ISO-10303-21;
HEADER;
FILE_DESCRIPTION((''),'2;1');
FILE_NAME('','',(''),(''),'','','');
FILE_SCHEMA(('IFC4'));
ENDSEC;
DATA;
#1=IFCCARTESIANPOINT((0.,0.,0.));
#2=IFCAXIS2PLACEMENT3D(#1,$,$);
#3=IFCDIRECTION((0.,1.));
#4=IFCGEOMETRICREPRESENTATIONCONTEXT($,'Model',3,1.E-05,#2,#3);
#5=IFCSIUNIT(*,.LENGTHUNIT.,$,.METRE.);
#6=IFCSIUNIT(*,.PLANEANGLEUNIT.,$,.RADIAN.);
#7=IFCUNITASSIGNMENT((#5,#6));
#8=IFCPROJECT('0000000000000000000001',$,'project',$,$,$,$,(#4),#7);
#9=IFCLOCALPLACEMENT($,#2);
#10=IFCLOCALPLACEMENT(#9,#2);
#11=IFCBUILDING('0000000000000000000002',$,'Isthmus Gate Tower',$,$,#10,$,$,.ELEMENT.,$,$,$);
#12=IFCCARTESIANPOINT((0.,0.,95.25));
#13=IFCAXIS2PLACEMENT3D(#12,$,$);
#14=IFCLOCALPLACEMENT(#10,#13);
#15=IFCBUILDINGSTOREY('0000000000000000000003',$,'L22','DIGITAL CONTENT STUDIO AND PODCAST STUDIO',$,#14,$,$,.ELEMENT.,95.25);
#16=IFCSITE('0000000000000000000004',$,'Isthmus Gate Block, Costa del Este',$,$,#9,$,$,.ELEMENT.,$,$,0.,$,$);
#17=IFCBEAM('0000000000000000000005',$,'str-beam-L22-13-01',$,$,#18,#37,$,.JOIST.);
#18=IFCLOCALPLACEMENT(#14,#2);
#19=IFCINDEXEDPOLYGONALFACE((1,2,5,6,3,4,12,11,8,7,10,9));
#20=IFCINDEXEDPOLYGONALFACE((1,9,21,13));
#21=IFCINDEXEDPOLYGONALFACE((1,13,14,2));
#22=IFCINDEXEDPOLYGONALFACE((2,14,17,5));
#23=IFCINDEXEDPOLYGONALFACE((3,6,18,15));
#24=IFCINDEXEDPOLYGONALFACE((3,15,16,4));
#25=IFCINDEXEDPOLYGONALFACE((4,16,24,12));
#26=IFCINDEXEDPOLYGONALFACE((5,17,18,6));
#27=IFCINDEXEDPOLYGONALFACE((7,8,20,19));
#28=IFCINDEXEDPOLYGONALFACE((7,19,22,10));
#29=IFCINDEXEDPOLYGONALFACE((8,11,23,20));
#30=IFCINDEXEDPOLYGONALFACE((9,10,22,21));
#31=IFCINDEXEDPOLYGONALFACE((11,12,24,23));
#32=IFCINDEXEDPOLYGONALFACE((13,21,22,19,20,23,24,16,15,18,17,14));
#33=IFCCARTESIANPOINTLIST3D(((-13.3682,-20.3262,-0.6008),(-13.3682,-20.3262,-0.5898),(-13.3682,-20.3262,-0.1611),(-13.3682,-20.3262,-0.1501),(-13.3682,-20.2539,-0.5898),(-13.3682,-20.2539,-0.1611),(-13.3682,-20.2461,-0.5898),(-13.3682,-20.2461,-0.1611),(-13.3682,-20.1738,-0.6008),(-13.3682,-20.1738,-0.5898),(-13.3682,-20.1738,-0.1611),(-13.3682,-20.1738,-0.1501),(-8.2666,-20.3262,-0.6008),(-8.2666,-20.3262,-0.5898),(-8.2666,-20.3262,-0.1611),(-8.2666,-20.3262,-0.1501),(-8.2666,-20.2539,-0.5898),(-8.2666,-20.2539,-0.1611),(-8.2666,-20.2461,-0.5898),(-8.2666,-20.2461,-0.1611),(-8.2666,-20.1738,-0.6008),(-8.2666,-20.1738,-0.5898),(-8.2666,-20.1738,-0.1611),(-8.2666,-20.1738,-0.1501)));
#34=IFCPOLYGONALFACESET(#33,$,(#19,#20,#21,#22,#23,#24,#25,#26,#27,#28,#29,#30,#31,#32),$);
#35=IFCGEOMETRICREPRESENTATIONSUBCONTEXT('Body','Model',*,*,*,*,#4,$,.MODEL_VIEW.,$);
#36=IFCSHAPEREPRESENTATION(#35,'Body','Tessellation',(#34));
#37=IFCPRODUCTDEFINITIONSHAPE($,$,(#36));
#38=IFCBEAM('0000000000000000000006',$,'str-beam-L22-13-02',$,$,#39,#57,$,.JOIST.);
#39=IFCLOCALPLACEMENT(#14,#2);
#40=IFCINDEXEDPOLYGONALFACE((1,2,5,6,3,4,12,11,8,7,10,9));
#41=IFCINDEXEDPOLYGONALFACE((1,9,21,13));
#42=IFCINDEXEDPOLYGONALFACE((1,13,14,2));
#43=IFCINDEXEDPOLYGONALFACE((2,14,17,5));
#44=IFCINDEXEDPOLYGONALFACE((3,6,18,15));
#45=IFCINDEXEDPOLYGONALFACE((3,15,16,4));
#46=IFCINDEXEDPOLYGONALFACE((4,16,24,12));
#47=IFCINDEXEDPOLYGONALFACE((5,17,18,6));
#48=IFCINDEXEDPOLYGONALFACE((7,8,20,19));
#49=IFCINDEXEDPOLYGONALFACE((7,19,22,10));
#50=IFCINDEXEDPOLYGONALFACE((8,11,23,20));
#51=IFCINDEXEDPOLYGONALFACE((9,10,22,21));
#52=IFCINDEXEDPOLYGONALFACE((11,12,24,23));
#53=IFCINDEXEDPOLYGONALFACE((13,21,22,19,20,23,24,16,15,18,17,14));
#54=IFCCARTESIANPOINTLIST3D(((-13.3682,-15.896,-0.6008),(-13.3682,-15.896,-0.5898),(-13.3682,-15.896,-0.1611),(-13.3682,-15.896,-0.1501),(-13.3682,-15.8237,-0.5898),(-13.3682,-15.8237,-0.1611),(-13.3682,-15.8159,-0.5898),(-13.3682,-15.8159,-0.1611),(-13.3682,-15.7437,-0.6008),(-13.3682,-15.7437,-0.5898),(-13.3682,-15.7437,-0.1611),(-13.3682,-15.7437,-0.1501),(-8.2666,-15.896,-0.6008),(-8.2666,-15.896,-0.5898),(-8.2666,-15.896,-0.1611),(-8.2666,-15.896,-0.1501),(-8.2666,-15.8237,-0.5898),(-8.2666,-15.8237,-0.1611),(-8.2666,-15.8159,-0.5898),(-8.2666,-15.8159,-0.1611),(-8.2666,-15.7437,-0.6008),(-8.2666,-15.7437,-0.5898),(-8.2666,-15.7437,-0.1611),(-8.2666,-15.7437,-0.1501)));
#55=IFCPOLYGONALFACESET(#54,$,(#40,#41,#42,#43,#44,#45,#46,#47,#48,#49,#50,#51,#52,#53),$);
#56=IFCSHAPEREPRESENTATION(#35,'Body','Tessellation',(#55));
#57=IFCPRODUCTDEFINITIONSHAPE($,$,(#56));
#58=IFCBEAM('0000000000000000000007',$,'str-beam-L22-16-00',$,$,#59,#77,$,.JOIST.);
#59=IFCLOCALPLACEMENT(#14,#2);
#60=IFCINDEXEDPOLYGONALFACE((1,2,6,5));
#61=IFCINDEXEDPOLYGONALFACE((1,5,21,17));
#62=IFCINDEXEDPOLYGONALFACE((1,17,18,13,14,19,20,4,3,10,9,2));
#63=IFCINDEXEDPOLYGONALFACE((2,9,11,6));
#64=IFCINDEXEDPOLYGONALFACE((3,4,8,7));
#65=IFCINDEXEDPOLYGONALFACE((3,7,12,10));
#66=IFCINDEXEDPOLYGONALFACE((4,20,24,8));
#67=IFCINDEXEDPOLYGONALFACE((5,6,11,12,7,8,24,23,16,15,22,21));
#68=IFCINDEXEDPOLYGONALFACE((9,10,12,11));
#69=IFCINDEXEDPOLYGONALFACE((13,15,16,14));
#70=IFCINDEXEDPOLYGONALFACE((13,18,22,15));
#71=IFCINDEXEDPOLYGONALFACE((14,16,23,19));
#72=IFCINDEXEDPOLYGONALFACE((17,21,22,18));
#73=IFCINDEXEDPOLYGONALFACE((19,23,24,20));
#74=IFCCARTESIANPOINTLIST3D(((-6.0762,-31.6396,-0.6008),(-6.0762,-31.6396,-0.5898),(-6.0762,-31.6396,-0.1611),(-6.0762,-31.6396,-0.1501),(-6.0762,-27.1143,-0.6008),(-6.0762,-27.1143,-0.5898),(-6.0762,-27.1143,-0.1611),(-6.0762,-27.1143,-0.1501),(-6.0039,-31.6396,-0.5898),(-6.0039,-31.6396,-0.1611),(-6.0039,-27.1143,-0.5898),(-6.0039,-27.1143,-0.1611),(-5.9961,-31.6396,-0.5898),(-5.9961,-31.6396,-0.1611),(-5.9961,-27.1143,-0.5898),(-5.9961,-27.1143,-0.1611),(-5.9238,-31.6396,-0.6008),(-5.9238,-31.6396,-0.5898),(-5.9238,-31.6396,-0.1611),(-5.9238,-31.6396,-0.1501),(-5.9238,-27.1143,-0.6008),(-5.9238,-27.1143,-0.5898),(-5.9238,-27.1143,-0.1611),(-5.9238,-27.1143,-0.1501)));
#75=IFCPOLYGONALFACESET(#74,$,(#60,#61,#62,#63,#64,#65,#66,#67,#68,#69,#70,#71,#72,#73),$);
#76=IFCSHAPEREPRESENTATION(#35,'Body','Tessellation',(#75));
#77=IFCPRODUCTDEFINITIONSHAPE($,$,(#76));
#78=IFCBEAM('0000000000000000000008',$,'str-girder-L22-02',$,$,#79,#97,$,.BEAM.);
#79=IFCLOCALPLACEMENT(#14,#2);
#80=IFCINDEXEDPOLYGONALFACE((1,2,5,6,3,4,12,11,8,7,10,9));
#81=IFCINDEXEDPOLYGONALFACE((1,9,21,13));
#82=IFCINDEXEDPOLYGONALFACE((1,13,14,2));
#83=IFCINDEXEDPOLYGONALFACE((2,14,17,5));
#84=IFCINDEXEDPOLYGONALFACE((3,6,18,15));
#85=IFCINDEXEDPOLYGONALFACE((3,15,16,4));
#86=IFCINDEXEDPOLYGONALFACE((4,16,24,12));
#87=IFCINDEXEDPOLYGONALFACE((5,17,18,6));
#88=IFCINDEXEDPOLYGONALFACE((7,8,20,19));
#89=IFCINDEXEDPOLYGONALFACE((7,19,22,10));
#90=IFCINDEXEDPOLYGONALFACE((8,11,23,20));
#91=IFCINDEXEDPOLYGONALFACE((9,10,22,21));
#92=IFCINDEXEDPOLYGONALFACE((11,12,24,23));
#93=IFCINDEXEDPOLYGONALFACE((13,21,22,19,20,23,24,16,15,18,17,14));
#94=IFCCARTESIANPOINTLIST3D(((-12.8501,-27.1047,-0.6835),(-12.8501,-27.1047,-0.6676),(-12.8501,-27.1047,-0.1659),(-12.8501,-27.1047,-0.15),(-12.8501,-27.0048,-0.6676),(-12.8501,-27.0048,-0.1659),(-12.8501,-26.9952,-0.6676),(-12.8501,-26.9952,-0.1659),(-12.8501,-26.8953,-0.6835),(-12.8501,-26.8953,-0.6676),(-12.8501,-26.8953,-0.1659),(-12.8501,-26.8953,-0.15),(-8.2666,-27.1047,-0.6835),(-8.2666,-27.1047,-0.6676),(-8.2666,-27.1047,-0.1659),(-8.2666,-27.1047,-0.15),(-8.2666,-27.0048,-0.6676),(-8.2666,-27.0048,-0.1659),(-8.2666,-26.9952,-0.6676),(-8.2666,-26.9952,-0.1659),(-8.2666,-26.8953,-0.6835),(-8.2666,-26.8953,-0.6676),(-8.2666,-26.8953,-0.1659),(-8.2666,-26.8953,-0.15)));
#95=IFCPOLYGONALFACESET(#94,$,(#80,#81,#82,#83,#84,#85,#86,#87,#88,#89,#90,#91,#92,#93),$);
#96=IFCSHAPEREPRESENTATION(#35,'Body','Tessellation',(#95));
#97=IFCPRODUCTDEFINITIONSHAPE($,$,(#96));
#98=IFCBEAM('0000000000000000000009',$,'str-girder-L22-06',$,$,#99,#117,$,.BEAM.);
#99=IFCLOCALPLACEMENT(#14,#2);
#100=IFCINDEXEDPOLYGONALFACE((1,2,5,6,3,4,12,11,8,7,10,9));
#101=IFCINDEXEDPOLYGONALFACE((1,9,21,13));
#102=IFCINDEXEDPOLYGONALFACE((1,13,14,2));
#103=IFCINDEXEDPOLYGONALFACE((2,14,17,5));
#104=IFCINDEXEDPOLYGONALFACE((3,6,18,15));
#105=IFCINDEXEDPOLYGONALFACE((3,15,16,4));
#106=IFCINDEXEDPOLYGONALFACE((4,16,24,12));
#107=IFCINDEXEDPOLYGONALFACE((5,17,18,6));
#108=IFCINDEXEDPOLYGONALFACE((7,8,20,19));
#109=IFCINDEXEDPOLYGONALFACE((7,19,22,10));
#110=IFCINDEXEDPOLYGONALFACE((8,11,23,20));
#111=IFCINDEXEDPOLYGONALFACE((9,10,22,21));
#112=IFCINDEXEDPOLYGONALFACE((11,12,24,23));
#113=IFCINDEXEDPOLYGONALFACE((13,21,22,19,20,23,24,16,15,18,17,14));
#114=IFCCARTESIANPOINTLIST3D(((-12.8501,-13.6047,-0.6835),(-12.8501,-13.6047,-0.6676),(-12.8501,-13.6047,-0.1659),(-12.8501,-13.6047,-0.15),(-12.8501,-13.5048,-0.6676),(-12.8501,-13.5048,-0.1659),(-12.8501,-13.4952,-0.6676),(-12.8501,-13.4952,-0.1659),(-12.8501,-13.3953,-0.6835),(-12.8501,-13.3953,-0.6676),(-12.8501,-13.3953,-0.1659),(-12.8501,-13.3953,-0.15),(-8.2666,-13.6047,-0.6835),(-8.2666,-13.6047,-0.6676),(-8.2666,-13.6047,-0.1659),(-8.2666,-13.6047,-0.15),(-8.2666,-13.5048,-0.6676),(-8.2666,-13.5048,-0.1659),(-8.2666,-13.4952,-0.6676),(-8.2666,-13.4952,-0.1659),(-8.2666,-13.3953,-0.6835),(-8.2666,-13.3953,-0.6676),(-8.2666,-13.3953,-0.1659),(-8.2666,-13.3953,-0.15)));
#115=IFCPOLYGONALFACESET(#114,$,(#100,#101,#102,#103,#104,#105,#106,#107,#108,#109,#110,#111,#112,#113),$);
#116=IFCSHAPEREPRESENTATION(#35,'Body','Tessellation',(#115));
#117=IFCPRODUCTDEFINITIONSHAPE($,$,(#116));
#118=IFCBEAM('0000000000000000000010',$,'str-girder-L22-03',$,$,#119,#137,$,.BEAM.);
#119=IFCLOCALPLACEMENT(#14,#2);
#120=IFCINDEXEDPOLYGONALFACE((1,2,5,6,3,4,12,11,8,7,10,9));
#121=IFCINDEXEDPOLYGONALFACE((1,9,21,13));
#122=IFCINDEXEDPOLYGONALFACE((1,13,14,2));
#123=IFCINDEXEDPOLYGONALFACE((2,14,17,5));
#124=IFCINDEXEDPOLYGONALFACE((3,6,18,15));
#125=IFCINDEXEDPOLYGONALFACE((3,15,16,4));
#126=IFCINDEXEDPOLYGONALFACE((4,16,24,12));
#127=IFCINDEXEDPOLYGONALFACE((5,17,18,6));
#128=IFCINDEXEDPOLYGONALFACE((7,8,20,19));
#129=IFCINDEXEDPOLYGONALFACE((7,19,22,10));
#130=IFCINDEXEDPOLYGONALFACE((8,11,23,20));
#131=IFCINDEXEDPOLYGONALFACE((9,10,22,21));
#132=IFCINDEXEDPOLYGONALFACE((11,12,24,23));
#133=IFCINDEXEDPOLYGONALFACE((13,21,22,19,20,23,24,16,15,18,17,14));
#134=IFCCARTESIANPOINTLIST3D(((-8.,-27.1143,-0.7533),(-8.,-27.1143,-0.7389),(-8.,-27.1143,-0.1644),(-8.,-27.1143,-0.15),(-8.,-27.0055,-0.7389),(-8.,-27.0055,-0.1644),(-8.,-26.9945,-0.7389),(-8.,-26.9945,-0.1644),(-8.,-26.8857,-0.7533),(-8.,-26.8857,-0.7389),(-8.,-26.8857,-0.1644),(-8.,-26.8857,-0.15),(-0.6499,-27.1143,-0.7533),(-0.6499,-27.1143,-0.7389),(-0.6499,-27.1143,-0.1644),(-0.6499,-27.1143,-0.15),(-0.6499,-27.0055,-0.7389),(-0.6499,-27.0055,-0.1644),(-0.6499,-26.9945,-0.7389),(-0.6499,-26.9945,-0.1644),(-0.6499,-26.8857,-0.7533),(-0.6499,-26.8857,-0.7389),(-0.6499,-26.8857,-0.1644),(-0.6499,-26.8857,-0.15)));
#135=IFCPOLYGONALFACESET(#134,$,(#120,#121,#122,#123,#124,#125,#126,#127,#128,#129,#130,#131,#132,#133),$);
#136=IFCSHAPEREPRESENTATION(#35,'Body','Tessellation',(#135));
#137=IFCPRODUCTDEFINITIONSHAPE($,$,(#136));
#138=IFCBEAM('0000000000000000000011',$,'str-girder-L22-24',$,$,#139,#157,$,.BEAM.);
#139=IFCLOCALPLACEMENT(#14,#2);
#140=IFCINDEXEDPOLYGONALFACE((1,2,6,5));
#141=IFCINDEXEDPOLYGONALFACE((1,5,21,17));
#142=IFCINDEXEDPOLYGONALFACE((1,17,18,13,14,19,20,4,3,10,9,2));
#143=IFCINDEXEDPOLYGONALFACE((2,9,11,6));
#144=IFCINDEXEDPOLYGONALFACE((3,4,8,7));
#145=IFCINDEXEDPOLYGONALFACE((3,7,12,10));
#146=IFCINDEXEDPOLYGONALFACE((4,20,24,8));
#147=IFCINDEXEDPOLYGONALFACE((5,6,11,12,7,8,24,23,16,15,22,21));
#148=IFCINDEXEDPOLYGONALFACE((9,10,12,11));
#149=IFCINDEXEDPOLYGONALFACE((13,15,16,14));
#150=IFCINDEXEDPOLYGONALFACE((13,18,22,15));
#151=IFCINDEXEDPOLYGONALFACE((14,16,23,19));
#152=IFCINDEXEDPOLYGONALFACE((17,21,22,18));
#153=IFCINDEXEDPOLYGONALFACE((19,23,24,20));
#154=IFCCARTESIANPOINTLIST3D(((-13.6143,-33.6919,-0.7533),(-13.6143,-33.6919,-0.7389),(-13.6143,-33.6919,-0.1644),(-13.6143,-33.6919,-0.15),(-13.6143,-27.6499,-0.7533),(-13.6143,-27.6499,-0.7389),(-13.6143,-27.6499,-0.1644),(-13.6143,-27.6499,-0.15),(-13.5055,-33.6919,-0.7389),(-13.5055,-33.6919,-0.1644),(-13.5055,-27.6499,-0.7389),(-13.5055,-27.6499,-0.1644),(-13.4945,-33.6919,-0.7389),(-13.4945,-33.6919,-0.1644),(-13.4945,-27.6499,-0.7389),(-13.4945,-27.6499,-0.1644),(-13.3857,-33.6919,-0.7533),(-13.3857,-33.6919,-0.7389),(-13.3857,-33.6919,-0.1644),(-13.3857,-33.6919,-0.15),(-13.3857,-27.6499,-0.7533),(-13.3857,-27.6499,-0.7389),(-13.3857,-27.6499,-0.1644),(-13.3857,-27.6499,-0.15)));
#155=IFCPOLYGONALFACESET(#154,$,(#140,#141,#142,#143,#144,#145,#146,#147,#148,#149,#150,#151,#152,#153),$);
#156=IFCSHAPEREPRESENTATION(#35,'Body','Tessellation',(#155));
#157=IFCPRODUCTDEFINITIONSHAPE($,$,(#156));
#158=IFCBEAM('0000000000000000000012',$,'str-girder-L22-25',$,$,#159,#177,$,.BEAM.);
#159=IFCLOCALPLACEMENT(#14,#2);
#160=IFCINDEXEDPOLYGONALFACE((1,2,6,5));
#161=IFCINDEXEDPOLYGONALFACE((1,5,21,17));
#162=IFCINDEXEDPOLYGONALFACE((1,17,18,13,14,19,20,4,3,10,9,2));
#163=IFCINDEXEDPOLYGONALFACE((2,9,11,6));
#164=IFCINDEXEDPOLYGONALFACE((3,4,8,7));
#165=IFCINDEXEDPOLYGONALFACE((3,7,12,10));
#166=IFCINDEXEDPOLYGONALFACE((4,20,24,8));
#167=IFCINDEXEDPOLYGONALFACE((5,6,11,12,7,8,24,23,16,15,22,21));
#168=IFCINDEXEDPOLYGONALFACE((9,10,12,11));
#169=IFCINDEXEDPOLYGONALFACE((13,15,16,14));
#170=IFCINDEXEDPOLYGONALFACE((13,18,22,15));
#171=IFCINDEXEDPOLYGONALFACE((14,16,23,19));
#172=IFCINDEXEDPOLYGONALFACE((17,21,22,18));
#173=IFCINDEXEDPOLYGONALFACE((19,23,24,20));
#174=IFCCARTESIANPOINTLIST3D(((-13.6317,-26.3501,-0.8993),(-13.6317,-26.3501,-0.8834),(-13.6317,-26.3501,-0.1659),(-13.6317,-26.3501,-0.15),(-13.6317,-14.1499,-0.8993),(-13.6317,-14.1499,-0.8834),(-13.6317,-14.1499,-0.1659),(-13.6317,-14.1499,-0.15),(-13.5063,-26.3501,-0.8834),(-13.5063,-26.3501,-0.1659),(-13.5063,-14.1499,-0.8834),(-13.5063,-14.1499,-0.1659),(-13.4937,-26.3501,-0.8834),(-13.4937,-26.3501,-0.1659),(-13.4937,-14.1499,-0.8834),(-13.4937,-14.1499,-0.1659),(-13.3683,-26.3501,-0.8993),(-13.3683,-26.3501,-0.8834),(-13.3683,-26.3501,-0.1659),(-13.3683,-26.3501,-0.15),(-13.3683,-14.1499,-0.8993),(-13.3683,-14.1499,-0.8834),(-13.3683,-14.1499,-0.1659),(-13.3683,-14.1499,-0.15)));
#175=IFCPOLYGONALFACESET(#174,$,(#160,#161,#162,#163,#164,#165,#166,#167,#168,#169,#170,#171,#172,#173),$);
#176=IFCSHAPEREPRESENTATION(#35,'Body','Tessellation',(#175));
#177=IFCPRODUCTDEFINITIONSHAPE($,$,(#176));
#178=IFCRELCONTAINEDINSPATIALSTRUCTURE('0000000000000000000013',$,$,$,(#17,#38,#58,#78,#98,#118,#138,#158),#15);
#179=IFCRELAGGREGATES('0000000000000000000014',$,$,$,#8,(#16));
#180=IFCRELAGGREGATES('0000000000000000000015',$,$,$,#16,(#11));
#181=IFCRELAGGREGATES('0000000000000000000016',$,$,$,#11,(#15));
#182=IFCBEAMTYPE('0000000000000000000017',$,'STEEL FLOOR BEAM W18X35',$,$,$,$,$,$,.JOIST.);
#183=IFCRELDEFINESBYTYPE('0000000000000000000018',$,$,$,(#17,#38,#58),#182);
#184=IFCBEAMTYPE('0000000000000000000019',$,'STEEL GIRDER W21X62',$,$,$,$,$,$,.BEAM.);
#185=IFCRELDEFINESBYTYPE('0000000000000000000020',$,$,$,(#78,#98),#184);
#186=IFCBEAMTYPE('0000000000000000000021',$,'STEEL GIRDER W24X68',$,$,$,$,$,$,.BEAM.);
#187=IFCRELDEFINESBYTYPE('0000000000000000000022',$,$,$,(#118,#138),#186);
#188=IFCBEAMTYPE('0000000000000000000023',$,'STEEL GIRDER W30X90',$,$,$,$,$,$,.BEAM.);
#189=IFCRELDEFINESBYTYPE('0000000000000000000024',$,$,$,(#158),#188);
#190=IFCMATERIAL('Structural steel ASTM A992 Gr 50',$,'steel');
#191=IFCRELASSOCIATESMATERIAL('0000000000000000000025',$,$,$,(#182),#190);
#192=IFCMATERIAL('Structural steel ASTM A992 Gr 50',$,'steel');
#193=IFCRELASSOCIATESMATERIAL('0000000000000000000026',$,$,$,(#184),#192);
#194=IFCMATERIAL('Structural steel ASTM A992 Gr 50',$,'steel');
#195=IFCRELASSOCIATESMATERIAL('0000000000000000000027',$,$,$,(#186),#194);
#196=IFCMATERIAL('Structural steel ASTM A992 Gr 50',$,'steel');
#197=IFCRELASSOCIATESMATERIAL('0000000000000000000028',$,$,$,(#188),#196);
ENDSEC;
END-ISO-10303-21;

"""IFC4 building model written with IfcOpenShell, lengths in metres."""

from ifc_helpers import new_model, si_unit, direction, frame, origin, origin_2d, place, context, subcontext, project, spatial, i_section, extrude, material, material_profile, profile_set, type_object, element, save


model = new_model("IFC4")

# Units and contexts
model_context = context("Model", 3, precision=1e-05, world=origin(), true_north=direction((0.0, 1.0)))
body_context = subcontext(model_context, "Body", "Model", "MODEL_VIEW")
ifc_project = project(units=[si_unit("LENGTHUNIT", "METRE"), si_unit("PLANEANGLEUNIT", "RADIAN")], contexts=[model_context])

# Site, building, storey
site_placement = place(None, origin())
site = spatial("IfcSite", under=ifc_project, at=site_placement, Name="Isthmus Gate Block, Costa del Este", CompositionType="ELEMENT", RefElevation=0.0)
building_placement = place(site_placement, origin())
building = spatial("IfcBuilding", under=site, at=building_placement, Name="Isthmus Gate Tower", CompositionType="ELEMENT")
storey_placement = place(building_placement, frame((0.0, 0.0, 95.25)))
storey = spatial("IfcBuildingStorey", under=building, at=storey_placement, Name="L22", Description="DIGITAL CONTENT STUDIO AND PODCAST STUDIO", CompositionType="ELEMENT", Elevation=95.25)

# Beams
ifc_material_1 = material(Name="Structural steel ASTM A992 Gr 50", Category="steel")
ifc_material_profile_1 = material_profile(ifc_material_1, i_section(OverallWidth=0.1523, OverallDepth=0.4507, WebThickness=0.0078, FlangeThickness=0.011, at=origin_2d()), Name="W18X35")
ifc_profile_set_1 = profile_set([ifc_material_profile_1], Name="Structural steel ASTM A992 Gr 50")
beam_type_1 = type_object("IfcBeamType", Name="STEEL FLOOR BEAM W18X35", PredefinedType="JOIST", material=ifc_profile_set_1)
for number, where, z_axis, x_axis, name in (
    (1, (-13.3682, -20.25, -0.3755), (1.0, 0.0, 0.0), (0.0, 1.0, 0.0), "str-beam-L22-13-01"),
    (2, (-13.3682, -15.8198, -0.3755), (1.0, 0.0, 0.0), (0.0, 1.0, 0.0), "str-beam-L22-13-02"),
):
    element("IfcBeam", number, at=place(storey_placement, frame(where, z_axis=z_axis, x_axis=x_axis)), inside=storey, type_object=beam_type_1, Name=name, PredefinedType="JOIST", context=body_context, shape_type="SweptSolid", body=[
        extrude(i_section(OverallWidth=0.1523, OverallDepth=0.4507, WebThickness=0.0078, FlangeThickness=0.011, at=origin_2d()), origin(), (0.0, 0.0, 1.0), 5.1016),
    ])
beam_1_placement = place(storey_placement, frame((-6.0, -31.6396, -0.3755), z_axis=(0.0, 1.0, 0.0), x_axis=(-1.0, 0.0, 0.0)))
element("IfcBeam", 3, at=beam_1_placement, inside=storey, type_object=beam_type_1, Name="str-beam-L22-16-00", PredefinedType="JOIST", context=body_context, shape_type="SweptSolid", body=[
    extrude(i_section(OverallWidth=0.1523, OverallDepth=0.4507, WebThickness=0.0078, FlangeThickness=0.011, at=origin_2d()), origin(), (0.0, 0.0, 1.0), 4.5254),
])
ifc_material_2 = material(Name="Structural steel ASTM A992 Gr 50", Category="steel")
ifc_material_profile_2 = material_profile(ifc_material_2, i_section(OverallWidth=0.2095, OverallDepth=0.5334, WebThickness=0.0095, FlangeThickness=0.0159, at=origin_2d()), Name="W21X62")
ifc_profile_set_2 = profile_set([ifc_material_profile_2], Name="Structural steel ASTM A992 Gr 50")
beam_type_2 = type_object("IfcBeamType", Name="STEEL GIRDER W21X62", PredefinedType="BEAM", material=ifc_profile_set_2)
for number, where, z_axis, x_axis, name in (
    (4, (-12.8501, -27.0, -0.4167), (1.0, 0.0, 0.0), (0.0, 1.0, 0.0), "str-girder-L22-02"),
    (5, (-12.8501, -13.5, -0.4167), (1.0, 0.0, 0.0), (0.0, 1.0, 0.0), "str-girder-L22-06"),
):
    element("IfcBeam", number, at=place(storey_placement, frame(where, z_axis=z_axis, x_axis=x_axis)), inside=storey, type_object=beam_type_2, Name=name, PredefinedType="BEAM", context=body_context, shape_type="SweptSolid", body=[
        extrude(i_section(OverallWidth=0.2095, OverallDepth=0.5334, WebThickness=0.0095, FlangeThickness=0.0159, at=origin_2d()), origin(), (0.0, 0.0, 1.0), 4.5835),
    ])
ifc_material_3 = material(Name="Structural steel ASTM A992 Gr 50", Category="steel")
ifc_material_profile_3 = material_profile(ifc_material_3, i_section(OverallWidth=0.2285, OverallDepth=0.6033, WebThickness=0.011, FlangeThickness=0.0144, at=origin_2d()), Name="W24X68")
ifc_profile_set_3 = profile_set([ifc_material_profile_3], Name="Structural steel ASTM A992 Gr 50")
beam_type_3 = type_object("IfcBeamType", Name="STEEL GIRDER W24X68", PredefinedType="BEAM", material=ifc_profile_set_3)
beam_2_placement = place(storey_placement, frame((-8.0, -27.0, -0.4517), z_axis=(1.0, 0.0, 0.0), x_axis=(0.0, 1.0, 0.0)))
element("IfcBeam", 6, at=beam_2_placement, inside=storey, type_object=beam_type_3, Name="str-girder-L22-03", PredefinedType="BEAM", context=body_context, shape_type="SweptSolid", body=[
    extrude(i_section(OverallWidth=0.2285, OverallDepth=0.6033, WebThickness=0.011, FlangeThickness=0.0144, at=origin_2d()), origin(), (0.0, 0.0, 1.0), 7.3501),
])
beam_3_placement = place(storey_placement, frame((-13.5, -33.6919, -0.4517), z_axis=(0.0, 1.0, 0.0), x_axis=(-1.0, 0.0, 0.0)))
element("IfcBeam", 7, at=beam_3_placement, inside=storey, type_object=beam_type_3, Name="str-girder-L22-24", PredefinedType="BEAM", context=body_context, shape_type="SweptSolid", body=[
    extrude(i_section(OverallWidth=0.2285, OverallDepth=0.6033, WebThickness=0.011, FlangeThickness=0.0144, at=origin_2d()), origin(), (0.0, 0.0, 1.0), 6.042),
])
ifc_material_4 = material(Name="Structural steel ASTM A992 Gr 50", Category="steel")
ifc_material_profile_4 = material_profile(ifc_material_4, i_section(OverallWidth=0.2634, OverallDepth=0.7493, WebThickness=0.0127, FlangeThickness=0.0159, at=origin_2d()), Name="W30X90")
ifc_profile_set_4 = profile_set([ifc_material_profile_4], Name="Structural steel ASTM A992 Gr 50")
beam_type_4 = type_object("IfcBeamType", Name="STEEL GIRDER W30X90", PredefinedType="BEAM", material=ifc_profile_set_4)
beam_4_placement = place(storey_placement, frame((-13.5, -26.3501, -0.5247), z_axis=(0.0, 1.0, 0.0), x_axis=(-1.0, 0.0, 0.0)))
element("IfcBeam", 8, at=beam_4_placement, inside=storey, type_object=beam_type_4, Name="str-girder-L22-25", PredefinedType="BEAM", context=body_context, shape_type="SweptSolid", body=[
    extrude(i_section(OverallWidth=0.2634, OverallDepth=0.7493, WebThickness=0.0127, FlangeThickness=0.0159, at=origin_2d()), origin(), (0.0, 0.0, 1.0), 12.2002),
])

save(model, "model.ifc")
